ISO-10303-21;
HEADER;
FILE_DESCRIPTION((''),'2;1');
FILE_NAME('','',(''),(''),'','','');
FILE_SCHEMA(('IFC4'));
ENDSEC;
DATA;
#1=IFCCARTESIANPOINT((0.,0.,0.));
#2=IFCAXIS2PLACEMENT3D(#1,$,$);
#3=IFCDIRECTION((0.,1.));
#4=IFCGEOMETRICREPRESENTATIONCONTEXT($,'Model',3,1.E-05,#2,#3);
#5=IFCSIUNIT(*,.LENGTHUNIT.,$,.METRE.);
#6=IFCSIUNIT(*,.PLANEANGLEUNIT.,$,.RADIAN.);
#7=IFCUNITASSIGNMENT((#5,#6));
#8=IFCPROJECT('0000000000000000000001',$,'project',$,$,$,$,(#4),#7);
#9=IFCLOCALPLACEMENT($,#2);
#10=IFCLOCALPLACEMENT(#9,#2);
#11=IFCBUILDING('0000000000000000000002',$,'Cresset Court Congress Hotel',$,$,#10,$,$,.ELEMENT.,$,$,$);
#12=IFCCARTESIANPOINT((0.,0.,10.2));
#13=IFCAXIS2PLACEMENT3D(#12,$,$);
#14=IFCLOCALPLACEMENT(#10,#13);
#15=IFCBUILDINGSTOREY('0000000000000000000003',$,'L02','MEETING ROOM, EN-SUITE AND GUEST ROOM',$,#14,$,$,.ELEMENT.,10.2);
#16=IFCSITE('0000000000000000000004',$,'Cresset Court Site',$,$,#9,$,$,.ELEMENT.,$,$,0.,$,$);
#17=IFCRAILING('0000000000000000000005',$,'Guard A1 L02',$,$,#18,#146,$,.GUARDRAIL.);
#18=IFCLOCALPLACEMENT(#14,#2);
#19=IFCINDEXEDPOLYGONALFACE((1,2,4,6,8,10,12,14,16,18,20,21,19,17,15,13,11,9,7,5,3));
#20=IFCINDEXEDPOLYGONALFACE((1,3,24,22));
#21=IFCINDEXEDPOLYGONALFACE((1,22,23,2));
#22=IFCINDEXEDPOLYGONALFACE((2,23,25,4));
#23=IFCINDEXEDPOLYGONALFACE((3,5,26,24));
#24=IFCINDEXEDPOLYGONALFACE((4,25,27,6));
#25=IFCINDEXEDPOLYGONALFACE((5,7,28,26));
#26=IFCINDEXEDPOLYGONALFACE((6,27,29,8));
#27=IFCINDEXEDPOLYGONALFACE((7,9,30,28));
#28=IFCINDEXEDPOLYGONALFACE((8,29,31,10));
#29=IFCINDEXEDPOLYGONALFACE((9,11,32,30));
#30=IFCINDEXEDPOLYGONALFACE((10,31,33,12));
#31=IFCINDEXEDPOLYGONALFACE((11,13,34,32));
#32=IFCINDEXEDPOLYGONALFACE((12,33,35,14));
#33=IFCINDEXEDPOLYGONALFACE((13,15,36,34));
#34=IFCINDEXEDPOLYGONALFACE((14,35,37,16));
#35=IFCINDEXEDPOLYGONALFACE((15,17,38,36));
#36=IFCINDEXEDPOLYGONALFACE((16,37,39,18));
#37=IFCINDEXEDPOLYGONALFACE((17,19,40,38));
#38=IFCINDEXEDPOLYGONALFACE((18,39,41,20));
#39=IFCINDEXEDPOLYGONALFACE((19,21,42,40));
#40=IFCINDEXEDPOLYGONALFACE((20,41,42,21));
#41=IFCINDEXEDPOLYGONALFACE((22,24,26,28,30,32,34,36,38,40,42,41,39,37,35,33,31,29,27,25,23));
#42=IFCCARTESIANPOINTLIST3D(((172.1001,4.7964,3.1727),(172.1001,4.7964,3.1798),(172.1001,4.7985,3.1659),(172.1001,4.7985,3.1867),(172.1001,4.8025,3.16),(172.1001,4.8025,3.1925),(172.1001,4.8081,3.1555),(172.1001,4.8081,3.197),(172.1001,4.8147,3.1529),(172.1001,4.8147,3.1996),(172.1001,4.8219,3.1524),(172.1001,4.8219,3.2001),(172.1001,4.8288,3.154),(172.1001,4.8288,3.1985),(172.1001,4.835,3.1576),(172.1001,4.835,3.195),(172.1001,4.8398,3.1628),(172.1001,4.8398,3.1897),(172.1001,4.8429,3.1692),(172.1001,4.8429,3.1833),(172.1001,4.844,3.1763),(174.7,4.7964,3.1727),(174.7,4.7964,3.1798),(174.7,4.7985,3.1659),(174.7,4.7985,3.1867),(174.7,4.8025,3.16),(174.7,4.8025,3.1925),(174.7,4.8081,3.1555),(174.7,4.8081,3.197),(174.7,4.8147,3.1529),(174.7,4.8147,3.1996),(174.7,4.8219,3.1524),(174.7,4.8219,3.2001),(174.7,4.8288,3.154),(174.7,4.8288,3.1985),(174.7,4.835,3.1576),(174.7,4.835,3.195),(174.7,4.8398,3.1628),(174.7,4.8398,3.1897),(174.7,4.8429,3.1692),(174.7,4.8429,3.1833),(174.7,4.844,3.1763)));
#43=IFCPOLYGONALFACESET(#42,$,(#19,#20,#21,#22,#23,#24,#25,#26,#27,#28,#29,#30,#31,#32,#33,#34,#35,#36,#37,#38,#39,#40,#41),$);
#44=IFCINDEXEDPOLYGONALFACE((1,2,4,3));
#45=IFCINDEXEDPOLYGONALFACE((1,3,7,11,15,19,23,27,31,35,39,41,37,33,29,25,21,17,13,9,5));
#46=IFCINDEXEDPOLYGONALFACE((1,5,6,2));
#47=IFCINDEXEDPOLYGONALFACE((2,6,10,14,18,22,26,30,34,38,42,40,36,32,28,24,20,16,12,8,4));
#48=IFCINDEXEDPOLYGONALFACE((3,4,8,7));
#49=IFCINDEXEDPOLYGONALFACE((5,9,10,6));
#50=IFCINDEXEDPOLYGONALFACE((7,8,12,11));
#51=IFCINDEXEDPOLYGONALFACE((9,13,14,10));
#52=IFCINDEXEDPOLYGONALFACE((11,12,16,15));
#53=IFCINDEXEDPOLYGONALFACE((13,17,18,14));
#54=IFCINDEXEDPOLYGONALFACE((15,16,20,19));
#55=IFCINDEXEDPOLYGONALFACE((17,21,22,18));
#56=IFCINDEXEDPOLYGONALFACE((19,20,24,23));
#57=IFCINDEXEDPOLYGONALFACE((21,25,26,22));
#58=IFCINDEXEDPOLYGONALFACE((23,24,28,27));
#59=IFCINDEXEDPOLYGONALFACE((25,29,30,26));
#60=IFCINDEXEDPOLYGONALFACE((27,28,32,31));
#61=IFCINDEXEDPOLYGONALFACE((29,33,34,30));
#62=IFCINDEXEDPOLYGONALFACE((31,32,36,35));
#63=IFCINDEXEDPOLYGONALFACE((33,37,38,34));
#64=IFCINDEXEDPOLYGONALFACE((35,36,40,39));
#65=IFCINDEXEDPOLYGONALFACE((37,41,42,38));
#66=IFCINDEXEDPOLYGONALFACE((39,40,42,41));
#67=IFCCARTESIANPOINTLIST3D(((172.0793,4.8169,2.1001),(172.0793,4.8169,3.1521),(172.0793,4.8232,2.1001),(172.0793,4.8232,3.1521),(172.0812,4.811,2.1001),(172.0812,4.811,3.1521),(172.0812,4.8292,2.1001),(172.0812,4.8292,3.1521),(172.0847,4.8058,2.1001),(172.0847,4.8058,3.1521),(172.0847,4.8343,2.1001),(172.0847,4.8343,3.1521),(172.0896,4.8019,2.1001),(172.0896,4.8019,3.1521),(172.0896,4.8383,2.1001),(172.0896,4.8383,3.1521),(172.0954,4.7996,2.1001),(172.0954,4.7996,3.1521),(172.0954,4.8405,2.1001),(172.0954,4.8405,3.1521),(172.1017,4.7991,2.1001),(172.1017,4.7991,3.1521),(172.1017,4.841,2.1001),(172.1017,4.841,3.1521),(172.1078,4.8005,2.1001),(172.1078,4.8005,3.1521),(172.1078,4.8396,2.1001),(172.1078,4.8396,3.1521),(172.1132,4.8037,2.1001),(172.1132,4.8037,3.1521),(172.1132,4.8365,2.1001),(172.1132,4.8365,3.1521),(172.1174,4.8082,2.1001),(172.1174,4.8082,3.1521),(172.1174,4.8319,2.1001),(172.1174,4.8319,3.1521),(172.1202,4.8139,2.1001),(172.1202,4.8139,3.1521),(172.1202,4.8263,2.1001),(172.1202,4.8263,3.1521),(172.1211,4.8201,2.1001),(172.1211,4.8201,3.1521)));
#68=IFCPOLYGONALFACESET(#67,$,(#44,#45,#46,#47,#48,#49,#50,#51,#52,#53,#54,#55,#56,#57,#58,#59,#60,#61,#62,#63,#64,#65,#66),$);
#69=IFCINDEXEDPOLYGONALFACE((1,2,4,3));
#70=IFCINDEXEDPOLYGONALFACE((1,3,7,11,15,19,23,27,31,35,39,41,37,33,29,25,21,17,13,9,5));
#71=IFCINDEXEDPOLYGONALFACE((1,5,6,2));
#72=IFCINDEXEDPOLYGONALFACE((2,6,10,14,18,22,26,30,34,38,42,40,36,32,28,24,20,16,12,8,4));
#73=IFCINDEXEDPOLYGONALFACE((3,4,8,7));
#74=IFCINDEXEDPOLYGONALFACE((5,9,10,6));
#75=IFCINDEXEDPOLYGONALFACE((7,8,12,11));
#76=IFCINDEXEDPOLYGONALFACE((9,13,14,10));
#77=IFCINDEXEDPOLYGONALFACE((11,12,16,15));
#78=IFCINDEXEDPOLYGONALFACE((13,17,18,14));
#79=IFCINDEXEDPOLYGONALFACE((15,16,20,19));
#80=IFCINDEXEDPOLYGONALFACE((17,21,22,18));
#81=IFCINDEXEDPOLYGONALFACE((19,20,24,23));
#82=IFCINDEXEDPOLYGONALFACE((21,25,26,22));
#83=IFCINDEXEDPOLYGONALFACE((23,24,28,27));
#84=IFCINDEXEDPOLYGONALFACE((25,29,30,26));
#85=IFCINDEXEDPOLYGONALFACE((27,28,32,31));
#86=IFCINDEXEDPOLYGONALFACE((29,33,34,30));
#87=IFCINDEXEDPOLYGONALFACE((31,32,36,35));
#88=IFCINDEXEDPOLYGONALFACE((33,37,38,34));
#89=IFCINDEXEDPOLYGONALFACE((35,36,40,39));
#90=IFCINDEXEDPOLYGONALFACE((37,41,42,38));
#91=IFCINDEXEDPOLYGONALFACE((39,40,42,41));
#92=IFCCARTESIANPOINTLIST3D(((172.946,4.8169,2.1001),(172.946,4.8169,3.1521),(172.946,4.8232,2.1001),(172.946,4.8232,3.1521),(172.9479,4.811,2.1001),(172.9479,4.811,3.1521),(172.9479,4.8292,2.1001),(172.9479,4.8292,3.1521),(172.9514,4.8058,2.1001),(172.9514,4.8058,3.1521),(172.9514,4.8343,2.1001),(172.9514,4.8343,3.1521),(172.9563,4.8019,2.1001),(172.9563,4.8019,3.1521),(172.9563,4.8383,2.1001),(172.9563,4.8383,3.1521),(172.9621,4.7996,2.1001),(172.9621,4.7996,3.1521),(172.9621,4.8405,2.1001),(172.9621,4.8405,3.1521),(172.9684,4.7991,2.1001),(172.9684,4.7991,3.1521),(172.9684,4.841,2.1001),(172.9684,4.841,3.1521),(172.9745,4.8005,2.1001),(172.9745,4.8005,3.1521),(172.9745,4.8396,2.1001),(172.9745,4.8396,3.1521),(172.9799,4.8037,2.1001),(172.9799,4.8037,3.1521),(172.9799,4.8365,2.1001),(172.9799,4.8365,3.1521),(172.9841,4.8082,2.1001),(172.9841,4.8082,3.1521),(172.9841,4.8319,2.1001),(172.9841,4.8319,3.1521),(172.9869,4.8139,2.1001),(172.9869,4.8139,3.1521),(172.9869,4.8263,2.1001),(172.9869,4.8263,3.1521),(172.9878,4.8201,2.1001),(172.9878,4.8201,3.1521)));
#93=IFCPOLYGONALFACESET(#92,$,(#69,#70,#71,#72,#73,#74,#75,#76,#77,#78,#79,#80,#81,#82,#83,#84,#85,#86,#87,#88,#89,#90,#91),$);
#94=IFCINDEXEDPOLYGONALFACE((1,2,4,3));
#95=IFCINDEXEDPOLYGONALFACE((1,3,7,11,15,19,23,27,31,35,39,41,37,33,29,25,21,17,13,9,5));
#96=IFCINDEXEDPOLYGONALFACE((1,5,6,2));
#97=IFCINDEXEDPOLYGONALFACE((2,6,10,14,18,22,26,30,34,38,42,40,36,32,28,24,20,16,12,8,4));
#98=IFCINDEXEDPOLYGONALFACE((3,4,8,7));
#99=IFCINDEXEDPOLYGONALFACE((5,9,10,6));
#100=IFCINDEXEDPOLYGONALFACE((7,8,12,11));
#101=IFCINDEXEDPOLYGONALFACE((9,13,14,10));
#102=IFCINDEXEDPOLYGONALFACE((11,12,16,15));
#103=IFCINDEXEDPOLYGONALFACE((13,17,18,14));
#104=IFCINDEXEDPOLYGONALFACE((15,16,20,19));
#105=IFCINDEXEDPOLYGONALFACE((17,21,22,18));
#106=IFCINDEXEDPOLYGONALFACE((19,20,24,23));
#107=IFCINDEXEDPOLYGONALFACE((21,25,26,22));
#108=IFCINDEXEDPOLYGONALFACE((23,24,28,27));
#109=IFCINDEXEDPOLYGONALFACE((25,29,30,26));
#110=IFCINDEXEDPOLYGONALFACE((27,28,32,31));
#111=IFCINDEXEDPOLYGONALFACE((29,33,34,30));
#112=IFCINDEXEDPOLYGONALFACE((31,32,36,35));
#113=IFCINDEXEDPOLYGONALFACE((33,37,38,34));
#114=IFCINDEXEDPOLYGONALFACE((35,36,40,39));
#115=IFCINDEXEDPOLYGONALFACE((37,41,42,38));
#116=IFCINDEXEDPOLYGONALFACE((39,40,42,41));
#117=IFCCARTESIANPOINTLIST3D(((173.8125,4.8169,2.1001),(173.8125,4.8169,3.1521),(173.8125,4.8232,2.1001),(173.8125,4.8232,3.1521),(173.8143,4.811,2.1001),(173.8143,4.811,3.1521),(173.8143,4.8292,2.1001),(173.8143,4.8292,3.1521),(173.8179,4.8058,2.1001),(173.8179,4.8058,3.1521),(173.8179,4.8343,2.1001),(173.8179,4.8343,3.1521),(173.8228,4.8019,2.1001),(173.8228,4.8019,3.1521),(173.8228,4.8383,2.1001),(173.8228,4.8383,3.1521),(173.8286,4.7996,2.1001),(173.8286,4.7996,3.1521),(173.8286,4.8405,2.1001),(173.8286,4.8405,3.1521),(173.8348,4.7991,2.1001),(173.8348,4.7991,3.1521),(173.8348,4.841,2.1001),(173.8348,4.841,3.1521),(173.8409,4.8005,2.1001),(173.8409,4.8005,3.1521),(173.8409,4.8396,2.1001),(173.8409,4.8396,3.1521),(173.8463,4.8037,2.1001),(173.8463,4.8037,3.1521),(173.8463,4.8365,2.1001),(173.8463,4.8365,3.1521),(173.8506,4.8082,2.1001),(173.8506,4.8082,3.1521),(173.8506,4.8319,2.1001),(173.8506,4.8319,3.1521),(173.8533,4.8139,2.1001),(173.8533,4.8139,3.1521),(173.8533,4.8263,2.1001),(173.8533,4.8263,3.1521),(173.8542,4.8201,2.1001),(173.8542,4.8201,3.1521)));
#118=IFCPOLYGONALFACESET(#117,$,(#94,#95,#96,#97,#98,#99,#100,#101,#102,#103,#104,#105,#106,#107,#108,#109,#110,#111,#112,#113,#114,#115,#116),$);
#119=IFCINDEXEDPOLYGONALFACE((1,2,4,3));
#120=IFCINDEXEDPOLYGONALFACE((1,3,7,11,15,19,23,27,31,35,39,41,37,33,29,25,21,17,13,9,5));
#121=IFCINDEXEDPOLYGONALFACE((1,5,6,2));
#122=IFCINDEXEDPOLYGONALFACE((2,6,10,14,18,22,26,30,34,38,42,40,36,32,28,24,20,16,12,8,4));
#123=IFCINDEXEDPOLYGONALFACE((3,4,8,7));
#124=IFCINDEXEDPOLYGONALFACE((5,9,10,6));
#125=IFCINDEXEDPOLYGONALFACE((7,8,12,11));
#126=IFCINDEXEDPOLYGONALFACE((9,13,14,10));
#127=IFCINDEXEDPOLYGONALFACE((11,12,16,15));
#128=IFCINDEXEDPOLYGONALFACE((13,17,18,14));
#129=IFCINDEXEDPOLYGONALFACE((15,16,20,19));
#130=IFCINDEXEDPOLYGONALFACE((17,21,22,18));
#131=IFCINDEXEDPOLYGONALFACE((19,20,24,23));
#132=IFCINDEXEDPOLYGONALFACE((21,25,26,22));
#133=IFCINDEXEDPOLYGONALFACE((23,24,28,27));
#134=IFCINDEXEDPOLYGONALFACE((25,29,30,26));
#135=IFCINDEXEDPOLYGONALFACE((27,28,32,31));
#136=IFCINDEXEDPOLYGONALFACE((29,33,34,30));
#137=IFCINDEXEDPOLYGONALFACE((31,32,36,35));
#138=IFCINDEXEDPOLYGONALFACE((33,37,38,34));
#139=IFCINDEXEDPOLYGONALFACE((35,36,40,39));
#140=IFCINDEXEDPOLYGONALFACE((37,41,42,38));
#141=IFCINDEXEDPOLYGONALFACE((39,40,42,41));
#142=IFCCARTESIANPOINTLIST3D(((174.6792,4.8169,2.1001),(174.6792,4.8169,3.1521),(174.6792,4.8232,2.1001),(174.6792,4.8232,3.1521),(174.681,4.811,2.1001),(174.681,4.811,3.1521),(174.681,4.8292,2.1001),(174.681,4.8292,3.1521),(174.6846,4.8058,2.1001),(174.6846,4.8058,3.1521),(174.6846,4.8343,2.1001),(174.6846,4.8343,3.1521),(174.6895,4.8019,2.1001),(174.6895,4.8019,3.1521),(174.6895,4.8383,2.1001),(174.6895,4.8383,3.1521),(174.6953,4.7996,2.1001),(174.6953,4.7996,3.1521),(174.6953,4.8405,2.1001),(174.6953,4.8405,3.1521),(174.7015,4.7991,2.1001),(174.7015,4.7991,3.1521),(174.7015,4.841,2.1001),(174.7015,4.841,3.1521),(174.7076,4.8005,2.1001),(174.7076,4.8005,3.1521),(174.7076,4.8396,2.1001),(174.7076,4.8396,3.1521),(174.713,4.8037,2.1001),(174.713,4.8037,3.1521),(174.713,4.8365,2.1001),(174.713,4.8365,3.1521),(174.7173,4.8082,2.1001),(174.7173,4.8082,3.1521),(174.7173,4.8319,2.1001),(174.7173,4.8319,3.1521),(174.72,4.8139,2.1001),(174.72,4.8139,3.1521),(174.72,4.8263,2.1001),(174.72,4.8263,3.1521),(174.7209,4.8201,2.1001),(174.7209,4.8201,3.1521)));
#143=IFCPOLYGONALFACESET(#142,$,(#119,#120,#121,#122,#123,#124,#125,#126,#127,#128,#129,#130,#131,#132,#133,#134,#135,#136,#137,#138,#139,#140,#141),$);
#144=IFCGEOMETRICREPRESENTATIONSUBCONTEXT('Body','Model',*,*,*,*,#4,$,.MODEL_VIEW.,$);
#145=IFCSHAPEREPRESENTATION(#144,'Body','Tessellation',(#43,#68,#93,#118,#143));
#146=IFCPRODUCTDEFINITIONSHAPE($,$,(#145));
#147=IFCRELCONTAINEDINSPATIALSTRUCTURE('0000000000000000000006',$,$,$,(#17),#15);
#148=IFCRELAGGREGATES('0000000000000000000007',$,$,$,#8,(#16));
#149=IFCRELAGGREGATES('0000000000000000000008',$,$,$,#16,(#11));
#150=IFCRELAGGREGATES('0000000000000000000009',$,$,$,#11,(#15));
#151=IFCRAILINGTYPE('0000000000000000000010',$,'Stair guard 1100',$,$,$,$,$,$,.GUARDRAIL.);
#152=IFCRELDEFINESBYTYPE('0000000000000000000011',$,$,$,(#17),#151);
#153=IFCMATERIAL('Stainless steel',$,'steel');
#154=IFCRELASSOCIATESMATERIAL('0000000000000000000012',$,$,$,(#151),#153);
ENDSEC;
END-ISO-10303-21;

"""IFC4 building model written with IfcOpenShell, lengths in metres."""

from ifc_helpers import new_model, si_unit, direction, frame, origin, origin_2d, place, context, subcontext, project, spatial, circle, extrude, material, type_object, element, save


model = new_model("IFC4")

# Units and contexts
model_context = context("Model", 3, precision=1e-05, world=origin(), true_north=direction((0.0, 1.0)))
body_context = subcontext(model_context, "Body", "Model", "MODEL_VIEW")
ifc_project = project(units=[si_unit("LENGTHUNIT", "METRE"), si_unit("PLANEANGLEUNIT", "RADIAN")], contexts=[model_context])

# Site, building, storey
site_placement = place(None, origin())
site = spatial("IfcSite", under=ifc_project, at=site_placement, Name="Cresset Court Site", CompositionType="ELEMENT", RefElevation=0.0)
building_placement = place(site_placement, origin())
building = spatial("IfcBuilding", under=site, at=building_placement, Name="Cresset Court Congress Hotel", CompositionType="ELEMENT")
storey_placement = place(building_placement, frame((0.0, 0.0, 10.2)))
storey = spatial("IfcBuildingStorey", under=building, at=storey_placement, Name="L02", Description="MEETING ROOM, EN-SUITE AND GUEST ROOM", CompositionType="ELEMENT", Elevation=10.2)

# Railing
ifc_material_1 = material(Name="Stainless steel", Category="steel")
railing_type_1 = type_object("IfcRailingType", Name="Stair guard 1100", PredefinedType="GUARDRAIL", material=ifc_material_1)
for number, where, name in (
    (1, (172.1001, 4.8201, 2.1001), "Guard A1 L02"),
):
    element("IfcRailing", number, at=place(storey_placement, frame(where)), inside=storey, type_object=railing_type_1, Name=name, PredefinedType="GUARDRAIL", context=body_context, shape_type="SweptSolid", body=[
        extrude(circle(Radius=0.0239, at=origin_2d()), frame((0.0, 0.0, 1.0762), z_axis=(1.0, 0.0, 0.0), x_axis=(0.0, 1.0, 0.0)), (0.0, 0.0, 1.0), 2.5999),
        extrude(circle(Radius=0.021, at=origin_2d()), origin(), (0.0, 0.0, 1.0), 1.052),
        extrude(circle(Radius=0.021, at=origin_2d()), frame((0.8667, 0.0, 0.0)), (0.0, 0.0, 1.0), 1.052),
        extrude(circle(Radius=0.021, at=origin_2d()), frame((1.7332, 0.0, 0.0)), (0.0, 0.0, 1.0), 1.052),
        extrude(circle(Radius=0.021, at=origin_2d()), frame((2.5999, 0.0, 0.0)), (0.0, 0.0, 1.0), 1.052),
    ])

save(model, "model.ifc")
